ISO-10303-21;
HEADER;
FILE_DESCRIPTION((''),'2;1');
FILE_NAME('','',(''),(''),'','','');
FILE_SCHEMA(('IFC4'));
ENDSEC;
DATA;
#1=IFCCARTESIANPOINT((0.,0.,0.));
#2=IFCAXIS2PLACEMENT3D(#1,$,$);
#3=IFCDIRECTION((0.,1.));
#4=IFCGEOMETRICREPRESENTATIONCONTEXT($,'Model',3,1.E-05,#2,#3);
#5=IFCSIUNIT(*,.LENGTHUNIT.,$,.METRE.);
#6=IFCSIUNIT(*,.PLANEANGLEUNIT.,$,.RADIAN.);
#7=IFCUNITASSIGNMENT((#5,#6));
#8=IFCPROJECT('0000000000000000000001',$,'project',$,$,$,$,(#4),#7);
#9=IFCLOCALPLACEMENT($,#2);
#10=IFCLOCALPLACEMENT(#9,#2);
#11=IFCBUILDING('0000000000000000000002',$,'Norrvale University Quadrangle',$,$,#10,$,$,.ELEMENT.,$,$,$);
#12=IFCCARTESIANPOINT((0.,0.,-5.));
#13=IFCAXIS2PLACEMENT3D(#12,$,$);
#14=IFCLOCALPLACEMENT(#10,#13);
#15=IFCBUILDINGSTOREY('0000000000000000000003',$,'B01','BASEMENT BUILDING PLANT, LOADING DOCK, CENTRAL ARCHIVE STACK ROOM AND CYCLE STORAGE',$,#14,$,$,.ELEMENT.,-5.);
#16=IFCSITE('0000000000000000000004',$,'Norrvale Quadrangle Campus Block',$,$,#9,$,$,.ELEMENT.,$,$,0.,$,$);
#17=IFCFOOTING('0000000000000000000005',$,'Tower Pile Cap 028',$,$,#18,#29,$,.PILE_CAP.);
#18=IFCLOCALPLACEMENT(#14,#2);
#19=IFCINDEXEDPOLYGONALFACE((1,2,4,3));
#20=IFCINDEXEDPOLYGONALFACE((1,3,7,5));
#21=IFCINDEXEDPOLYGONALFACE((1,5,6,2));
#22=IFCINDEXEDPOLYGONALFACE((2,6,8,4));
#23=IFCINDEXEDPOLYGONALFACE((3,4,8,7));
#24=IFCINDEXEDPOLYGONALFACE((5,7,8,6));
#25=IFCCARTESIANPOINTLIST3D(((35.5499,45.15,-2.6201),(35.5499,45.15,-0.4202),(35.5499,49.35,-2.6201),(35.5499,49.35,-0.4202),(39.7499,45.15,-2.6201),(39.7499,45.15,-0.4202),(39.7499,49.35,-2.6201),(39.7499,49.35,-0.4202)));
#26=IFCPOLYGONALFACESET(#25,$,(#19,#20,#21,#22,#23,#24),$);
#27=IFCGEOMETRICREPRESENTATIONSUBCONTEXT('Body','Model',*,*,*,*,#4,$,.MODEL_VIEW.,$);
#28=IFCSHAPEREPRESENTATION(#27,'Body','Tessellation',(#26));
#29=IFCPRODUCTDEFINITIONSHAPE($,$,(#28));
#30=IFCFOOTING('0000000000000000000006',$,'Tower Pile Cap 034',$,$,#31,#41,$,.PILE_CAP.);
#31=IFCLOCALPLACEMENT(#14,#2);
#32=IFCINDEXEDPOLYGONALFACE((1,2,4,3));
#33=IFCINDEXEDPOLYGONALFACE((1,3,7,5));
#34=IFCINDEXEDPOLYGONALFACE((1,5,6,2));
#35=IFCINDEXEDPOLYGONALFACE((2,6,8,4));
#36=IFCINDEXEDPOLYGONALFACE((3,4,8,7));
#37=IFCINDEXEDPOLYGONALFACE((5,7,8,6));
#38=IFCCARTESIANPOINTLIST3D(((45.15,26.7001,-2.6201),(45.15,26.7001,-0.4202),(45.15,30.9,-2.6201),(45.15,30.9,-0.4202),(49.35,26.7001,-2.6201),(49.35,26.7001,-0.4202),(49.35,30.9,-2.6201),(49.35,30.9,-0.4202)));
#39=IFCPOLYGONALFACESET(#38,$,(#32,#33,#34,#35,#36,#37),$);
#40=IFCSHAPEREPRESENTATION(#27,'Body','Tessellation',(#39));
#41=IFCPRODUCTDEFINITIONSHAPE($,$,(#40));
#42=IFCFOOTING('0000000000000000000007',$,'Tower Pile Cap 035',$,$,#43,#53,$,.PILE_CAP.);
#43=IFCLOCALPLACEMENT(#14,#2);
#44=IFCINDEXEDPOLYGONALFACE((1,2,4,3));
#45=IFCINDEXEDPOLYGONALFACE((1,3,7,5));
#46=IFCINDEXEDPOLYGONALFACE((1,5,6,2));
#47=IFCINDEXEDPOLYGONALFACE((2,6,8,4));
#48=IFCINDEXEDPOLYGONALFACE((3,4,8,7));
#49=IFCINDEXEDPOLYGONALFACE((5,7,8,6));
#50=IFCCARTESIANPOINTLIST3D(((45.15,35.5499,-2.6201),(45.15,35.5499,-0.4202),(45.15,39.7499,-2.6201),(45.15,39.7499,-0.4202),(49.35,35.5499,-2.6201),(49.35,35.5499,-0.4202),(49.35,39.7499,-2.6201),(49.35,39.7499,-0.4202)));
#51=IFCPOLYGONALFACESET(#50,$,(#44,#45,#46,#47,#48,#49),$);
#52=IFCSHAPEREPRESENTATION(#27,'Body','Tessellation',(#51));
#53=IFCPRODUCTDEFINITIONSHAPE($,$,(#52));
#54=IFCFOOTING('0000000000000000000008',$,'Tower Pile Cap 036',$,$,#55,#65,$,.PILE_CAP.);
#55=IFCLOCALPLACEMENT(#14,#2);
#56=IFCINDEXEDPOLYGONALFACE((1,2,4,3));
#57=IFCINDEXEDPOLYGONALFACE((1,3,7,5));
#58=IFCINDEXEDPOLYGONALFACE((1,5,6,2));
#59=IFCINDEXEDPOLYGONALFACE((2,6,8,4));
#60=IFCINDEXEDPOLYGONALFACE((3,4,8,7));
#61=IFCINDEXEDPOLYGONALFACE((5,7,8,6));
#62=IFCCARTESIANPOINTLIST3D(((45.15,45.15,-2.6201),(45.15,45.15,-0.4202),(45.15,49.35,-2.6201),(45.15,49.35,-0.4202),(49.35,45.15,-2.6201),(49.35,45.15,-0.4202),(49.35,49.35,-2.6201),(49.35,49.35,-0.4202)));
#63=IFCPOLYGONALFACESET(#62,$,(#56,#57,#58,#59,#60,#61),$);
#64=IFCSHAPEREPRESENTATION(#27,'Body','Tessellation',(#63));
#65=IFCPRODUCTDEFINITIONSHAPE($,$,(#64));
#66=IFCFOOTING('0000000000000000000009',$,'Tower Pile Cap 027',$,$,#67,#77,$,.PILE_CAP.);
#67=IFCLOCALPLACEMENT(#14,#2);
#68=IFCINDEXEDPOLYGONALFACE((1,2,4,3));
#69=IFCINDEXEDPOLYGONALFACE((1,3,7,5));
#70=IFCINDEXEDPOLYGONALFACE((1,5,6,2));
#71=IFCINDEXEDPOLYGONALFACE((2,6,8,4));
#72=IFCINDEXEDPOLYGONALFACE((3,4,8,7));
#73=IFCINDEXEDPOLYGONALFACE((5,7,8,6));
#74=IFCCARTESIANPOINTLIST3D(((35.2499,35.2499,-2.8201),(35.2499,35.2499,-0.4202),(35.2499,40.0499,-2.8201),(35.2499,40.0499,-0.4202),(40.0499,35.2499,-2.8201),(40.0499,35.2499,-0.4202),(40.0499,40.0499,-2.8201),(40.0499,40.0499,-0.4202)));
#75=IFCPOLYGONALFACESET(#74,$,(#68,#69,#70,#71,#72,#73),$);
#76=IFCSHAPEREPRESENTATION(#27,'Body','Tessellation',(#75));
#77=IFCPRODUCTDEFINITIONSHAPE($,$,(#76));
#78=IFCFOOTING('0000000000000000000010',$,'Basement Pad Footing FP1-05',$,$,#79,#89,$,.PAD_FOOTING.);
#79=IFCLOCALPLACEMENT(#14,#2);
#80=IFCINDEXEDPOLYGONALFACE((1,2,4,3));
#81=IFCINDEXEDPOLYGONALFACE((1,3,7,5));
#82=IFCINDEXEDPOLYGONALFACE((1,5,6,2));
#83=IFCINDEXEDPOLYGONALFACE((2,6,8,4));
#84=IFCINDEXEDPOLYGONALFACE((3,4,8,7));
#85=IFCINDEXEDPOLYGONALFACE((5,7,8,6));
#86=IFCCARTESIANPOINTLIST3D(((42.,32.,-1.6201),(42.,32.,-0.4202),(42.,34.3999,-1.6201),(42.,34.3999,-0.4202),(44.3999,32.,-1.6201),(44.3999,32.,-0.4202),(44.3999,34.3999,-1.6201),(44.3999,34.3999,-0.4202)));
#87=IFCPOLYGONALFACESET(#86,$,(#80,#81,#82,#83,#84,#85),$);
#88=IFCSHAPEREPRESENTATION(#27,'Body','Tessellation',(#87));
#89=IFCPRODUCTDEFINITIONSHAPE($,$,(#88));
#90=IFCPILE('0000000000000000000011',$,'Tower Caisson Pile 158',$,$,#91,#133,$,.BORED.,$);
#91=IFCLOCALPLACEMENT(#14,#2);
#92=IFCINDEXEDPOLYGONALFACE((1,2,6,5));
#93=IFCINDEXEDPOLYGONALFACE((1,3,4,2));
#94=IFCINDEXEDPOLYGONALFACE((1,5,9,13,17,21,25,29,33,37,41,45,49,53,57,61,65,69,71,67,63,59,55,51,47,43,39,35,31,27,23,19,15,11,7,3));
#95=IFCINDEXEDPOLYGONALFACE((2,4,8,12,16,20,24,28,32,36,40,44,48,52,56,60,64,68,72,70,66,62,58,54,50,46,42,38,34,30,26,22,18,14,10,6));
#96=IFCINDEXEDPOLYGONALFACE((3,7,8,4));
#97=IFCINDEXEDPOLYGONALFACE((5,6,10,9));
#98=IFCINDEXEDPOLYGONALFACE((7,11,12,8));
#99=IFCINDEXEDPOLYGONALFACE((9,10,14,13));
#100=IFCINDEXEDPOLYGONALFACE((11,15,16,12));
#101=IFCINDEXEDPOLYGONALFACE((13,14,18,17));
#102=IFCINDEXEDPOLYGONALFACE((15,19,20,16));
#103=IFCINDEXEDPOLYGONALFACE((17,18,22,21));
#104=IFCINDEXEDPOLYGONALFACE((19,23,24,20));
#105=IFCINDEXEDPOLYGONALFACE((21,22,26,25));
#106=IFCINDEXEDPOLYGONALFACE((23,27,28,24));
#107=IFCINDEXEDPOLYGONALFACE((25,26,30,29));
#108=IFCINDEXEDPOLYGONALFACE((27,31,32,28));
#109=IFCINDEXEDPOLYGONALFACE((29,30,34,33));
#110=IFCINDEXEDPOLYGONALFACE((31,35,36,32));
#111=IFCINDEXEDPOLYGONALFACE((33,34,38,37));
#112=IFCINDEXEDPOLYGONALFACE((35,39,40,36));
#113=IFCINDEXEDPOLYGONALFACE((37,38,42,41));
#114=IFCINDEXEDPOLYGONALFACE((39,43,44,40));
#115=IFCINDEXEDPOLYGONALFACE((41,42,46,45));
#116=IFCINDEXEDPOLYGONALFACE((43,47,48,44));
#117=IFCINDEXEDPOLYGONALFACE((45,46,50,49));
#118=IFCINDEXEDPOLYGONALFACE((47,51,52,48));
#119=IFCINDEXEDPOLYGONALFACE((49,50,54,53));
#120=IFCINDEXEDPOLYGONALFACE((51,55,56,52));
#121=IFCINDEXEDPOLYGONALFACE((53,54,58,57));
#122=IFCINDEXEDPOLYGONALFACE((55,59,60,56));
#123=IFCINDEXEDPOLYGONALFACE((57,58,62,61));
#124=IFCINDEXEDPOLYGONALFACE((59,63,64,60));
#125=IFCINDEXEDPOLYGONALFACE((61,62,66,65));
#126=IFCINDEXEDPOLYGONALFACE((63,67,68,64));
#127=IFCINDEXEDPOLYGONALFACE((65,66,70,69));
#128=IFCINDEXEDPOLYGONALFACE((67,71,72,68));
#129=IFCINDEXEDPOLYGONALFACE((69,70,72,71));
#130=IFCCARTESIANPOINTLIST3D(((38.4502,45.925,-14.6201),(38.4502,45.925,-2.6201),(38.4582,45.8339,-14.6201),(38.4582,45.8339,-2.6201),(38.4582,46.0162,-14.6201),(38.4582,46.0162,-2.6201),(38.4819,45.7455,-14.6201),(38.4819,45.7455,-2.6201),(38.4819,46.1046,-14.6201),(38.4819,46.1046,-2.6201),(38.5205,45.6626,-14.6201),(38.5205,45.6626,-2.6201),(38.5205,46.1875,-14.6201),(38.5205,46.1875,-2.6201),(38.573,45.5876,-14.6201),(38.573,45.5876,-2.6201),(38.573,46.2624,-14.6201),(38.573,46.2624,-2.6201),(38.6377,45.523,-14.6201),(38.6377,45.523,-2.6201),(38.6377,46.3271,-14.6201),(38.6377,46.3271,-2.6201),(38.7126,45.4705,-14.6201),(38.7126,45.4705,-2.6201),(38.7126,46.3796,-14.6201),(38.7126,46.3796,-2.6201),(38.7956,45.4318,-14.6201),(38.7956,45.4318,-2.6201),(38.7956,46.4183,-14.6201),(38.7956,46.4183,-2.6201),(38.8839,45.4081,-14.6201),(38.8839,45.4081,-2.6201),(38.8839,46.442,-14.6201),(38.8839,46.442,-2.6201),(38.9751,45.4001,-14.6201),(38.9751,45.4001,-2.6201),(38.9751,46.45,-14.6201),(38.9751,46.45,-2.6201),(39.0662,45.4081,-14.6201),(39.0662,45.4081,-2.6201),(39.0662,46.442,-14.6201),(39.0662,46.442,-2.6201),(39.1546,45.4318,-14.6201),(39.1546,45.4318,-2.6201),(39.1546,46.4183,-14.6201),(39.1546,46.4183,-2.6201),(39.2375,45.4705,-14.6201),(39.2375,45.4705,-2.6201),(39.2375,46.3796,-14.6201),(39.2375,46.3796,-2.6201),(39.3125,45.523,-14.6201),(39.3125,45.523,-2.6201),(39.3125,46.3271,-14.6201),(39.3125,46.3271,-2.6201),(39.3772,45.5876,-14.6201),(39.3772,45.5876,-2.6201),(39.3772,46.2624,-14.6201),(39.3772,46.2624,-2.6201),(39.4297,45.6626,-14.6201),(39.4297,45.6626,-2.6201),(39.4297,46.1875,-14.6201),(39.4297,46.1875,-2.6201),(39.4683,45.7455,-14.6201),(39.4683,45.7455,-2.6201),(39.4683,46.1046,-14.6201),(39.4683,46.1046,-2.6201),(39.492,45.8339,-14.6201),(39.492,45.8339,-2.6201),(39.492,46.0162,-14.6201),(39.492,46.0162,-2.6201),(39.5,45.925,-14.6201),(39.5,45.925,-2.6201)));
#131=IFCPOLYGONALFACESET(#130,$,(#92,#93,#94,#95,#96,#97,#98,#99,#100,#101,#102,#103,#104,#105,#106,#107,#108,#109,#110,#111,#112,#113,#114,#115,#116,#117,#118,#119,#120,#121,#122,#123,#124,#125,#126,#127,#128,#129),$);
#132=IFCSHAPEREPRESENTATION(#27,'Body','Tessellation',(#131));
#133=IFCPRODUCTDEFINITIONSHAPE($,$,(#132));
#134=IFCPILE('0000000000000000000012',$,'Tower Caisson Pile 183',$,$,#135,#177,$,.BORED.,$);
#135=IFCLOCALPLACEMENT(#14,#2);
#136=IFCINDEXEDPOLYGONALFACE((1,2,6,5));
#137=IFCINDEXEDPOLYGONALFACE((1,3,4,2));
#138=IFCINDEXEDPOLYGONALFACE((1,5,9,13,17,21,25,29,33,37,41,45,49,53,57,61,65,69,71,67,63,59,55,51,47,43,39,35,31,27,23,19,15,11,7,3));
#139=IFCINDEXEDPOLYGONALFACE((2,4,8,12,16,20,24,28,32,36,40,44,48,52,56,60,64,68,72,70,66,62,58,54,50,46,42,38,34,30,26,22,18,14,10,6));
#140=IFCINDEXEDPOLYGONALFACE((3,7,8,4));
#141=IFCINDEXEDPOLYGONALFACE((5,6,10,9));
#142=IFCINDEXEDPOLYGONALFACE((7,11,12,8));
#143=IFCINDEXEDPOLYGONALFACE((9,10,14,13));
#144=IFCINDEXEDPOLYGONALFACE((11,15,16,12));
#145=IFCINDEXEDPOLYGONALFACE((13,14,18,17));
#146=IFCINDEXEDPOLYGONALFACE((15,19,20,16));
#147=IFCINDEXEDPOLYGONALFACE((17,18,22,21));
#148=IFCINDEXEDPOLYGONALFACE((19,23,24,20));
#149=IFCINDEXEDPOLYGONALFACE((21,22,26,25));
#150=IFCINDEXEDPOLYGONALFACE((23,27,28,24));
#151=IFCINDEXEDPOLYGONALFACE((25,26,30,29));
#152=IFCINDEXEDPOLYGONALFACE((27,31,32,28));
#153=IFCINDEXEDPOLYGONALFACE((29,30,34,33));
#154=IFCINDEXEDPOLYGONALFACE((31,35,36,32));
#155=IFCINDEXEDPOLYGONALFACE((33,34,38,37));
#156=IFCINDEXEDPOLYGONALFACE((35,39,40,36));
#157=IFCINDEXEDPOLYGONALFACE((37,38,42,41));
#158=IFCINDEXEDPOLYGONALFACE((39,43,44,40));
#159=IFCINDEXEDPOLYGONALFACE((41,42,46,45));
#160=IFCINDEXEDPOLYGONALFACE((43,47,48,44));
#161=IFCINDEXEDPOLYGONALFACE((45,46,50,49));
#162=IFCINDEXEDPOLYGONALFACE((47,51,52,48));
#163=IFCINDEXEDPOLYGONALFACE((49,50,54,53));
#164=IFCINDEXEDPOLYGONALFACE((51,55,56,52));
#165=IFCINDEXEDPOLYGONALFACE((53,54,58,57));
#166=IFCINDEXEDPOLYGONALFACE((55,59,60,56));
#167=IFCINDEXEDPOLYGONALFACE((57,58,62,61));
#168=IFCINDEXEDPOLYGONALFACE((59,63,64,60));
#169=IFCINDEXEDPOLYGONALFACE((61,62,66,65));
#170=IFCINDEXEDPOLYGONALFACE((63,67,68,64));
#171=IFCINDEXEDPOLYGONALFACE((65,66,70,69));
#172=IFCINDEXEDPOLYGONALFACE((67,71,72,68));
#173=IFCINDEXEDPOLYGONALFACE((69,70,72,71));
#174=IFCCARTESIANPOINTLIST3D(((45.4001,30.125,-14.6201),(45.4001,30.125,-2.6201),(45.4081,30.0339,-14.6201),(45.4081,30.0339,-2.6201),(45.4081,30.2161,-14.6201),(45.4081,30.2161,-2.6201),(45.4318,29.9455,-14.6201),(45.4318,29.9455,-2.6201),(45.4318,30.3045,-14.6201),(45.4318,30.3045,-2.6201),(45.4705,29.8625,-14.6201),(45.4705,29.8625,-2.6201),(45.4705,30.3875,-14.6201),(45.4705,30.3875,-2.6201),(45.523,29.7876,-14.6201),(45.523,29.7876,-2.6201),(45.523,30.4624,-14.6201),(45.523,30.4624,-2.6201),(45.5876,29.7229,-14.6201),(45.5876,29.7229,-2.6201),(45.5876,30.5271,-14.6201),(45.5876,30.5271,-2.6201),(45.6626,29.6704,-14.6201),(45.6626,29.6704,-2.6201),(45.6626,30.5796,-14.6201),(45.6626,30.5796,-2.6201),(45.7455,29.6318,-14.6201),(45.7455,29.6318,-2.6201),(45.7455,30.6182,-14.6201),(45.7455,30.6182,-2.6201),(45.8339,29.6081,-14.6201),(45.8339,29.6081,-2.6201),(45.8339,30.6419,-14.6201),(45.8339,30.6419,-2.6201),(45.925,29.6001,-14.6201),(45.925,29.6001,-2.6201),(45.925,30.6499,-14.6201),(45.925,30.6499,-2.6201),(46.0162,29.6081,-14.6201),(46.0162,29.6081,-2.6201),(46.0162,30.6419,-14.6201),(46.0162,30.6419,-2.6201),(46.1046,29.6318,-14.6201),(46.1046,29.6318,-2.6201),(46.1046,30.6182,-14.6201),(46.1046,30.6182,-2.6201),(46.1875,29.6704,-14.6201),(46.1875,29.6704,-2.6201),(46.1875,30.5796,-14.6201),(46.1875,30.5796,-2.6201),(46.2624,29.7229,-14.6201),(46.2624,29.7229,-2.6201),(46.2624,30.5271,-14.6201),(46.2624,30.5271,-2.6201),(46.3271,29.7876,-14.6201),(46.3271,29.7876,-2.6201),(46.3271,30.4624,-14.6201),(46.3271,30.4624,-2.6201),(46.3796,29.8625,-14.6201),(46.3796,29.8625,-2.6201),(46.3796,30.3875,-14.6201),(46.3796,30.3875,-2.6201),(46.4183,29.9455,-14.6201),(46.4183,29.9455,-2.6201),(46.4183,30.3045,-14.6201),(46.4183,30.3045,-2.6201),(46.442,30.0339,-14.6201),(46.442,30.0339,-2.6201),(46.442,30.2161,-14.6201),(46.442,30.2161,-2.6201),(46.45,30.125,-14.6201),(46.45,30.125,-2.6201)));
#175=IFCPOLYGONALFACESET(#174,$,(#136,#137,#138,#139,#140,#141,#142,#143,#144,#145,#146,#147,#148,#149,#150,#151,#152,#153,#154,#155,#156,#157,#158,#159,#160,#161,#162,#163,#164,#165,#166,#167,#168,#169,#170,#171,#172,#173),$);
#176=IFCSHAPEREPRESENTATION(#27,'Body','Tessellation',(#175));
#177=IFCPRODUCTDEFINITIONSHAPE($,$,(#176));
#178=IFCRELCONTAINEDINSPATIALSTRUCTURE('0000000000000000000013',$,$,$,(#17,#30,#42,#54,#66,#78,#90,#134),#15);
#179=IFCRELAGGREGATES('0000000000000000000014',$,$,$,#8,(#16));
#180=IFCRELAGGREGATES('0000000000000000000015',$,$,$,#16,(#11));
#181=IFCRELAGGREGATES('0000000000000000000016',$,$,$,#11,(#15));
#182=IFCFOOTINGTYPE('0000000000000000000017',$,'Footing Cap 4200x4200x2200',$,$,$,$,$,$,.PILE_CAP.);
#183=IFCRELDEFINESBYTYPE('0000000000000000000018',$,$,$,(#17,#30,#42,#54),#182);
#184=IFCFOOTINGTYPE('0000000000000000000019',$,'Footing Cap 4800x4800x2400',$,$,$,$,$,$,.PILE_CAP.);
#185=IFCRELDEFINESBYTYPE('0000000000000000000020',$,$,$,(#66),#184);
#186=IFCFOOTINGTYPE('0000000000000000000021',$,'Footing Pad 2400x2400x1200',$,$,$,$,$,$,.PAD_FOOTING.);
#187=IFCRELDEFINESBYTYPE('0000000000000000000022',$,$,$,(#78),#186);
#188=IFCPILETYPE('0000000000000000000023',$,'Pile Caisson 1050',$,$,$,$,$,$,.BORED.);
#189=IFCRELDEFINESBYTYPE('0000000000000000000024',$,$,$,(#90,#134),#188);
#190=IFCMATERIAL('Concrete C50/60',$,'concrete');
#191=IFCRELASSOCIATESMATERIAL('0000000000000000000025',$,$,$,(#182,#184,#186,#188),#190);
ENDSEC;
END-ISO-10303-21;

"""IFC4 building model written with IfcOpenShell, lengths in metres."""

from ifc_helpers import new_model, si_unit, direction, frame, origin, origin_2d, place, context, subcontext, project, spatial, rectangle, circle, extrude, material, material_profile, profile_set, type_object, element, save


model = new_model("IFC4")

# Units and contexts
model_context = context("Model", 3, precision=1e-05, world=origin(), true_north=direction((0.0, 1.0)))
body_context = subcontext(model_context, "Body", "Model", "MODEL_VIEW")
ifc_project = project(units=[si_unit("LENGTHUNIT", "METRE"), si_unit("PLANEANGLEUNIT", "RADIAN")], contexts=[model_context])

# Site, building, storey
site_placement = place(None, origin())
site = spatial("IfcSite", under=ifc_project, at=site_placement, Name="Norrvale Quadrangle Campus Block", CompositionType="ELEMENT", RefElevation=0.0)
building_placement = place(site_placement, origin())
building = spatial("IfcBuilding", under=site, at=building_placement, Name="Norrvale University Quadrangle", CompositionType="ELEMENT")
storey_placement = place(building_placement, frame((0.0, 0.0, -5.0)))
storey = spatial("IfcBuildingStorey", under=building, at=storey_placement, Name="B01", Description="BASEMENT BUILDING PLANT, LOADING DOCK, CENTRAL ARCHIVE STACK ROOM AND CYCLE STORAGE", CompositionType="ELEMENT", Elevation=-5.0)

# Footings
ifc_material_1 = material(Name="Concrete C50/60", Category="concrete")
footing_type_1 = type_object("IfcFootingType", Name="Footing Cap 4200x4200x2200", PredefinedType="PILE_CAP", material=ifc_material_1)
for number, where, z_axis, x_axis, name in (
    (1, (37.6499, 47.25, -2.6201), (0.0, 0.0, 1.0), (1.0, 0.0, 0.0), "Tower Pile Cap 028"),
    (2, (47.25, 28.8, -2.6201), (0.0, 0.0, 1.0), (1.0, 0.0, 0.0), "Tower Pile Cap 034"),
    (3, (47.25, 37.6499, -2.6201), (0.0, 0.0, 1.0), (1.0, 0.0, 0.0), "Tower Pile Cap 035"),
    (4, (47.25, 47.25, -2.6201), (0.0, 0.0, 1.0), (1.0, 0.0, 0.0), "Tower Pile Cap 036"),
):
    element("IfcFooting", number, at=place(storey_placement, frame(where, z_axis=z_axis, x_axis=x_axis)), inside=storey, type_object=footing_type_1, Name=name, PredefinedType="PILE_CAP", context=body_context, shape_type="SweptSolid", body=[
        extrude(rectangle(XDim=4.2, YDim=4.2, at=origin_2d()), origin(), (0.0, 0.0, 1.0), 2.2),
    ])
footing_type_2 = type_object("IfcFootingType", Name="Footing Cap 4800x4800x2400", PredefinedType="PILE_CAP", material=ifc_material_1)
footing_1_placement = place(storey_placement, frame((37.6499, 37.6499, -2.8201), z_axis=(0.0, 0.0, 1.0), x_axis=(1.0, 0.0, 0.0)))
element("IfcFooting", 5, at=footing_1_placement, inside=storey, type_object=footing_type_2, Name="Tower Pile Cap 027", PredefinedType="PILE_CAP", context=body_context, shape_type="SweptSolid", body=[
    extrude(rectangle(XDim=4.8, YDim=4.8, at=origin_2d()), origin(), (0.0, 0.0, 1.0), 2.3999),
])
footing_type_3 = type_object("IfcFootingType", Name="Footing Pad 2400x2400x1200", PredefinedType="PAD_FOOTING", material=ifc_material_1)
footing_2_placement = place(storey_placement, frame((43.2, 33.2, -1.6201), z_axis=(0.0, 0.0, 1.0), x_axis=(1.0, 0.0, 0.0)))
element("IfcFooting", 6, at=footing_2_placement, inside=storey, type_object=footing_type_3, Name="Basement Pad Footing FP1-05", PredefinedType="PAD_FOOTING", context=body_context, shape_type="SweptSolid", body=[
    extrude(rectangle(XDim=2.3999, YDim=2.3999, at=origin_2d()), origin(), (0.0, 0.0, 1.0), 1.2),
])

# Piles
ifc_material_profile_1 = material_profile(ifc_material_1, circle(Radius=0.5249, at=origin_2d()), Name="Concrete C50/60")
ifc_profile_set_1 = profile_set([ifc_material_profile_1], Name="Concrete C50/60")
pile_type_1 = type_object("IfcPileType", Name="Pile Caisson 1050", PredefinedType="BORED", material=ifc_profile_set_1)
for number, where, z_axis, x_axis, name in (
    (7, (38.9751, 45.925, -2.6201), (0.0, 0.0, -1.0), (1.0, 0.0, 0.0), "Tower Caisson Pile 158"),
    (8, (45.925, 30.125, -2.6201), (0.0, 0.0, -1.0), (1.0, 0.0, 0.0), "Tower Caisson Pile 183"),
):
    element("IfcPile", number, at=place(storey_placement, frame(where, z_axis=z_axis, x_axis=x_axis)), inside=storey, type_object=pile_type_1, Name=name, PredefinedType="BORED", context=body_context, shape_type="SweptSolid", body=[
        extrude(circle(Radius=0.5249, at=origin_2d()), origin(), (0.0, 0.0, 1.0), 12.0),
    ])

save(model, "model.ifc")
